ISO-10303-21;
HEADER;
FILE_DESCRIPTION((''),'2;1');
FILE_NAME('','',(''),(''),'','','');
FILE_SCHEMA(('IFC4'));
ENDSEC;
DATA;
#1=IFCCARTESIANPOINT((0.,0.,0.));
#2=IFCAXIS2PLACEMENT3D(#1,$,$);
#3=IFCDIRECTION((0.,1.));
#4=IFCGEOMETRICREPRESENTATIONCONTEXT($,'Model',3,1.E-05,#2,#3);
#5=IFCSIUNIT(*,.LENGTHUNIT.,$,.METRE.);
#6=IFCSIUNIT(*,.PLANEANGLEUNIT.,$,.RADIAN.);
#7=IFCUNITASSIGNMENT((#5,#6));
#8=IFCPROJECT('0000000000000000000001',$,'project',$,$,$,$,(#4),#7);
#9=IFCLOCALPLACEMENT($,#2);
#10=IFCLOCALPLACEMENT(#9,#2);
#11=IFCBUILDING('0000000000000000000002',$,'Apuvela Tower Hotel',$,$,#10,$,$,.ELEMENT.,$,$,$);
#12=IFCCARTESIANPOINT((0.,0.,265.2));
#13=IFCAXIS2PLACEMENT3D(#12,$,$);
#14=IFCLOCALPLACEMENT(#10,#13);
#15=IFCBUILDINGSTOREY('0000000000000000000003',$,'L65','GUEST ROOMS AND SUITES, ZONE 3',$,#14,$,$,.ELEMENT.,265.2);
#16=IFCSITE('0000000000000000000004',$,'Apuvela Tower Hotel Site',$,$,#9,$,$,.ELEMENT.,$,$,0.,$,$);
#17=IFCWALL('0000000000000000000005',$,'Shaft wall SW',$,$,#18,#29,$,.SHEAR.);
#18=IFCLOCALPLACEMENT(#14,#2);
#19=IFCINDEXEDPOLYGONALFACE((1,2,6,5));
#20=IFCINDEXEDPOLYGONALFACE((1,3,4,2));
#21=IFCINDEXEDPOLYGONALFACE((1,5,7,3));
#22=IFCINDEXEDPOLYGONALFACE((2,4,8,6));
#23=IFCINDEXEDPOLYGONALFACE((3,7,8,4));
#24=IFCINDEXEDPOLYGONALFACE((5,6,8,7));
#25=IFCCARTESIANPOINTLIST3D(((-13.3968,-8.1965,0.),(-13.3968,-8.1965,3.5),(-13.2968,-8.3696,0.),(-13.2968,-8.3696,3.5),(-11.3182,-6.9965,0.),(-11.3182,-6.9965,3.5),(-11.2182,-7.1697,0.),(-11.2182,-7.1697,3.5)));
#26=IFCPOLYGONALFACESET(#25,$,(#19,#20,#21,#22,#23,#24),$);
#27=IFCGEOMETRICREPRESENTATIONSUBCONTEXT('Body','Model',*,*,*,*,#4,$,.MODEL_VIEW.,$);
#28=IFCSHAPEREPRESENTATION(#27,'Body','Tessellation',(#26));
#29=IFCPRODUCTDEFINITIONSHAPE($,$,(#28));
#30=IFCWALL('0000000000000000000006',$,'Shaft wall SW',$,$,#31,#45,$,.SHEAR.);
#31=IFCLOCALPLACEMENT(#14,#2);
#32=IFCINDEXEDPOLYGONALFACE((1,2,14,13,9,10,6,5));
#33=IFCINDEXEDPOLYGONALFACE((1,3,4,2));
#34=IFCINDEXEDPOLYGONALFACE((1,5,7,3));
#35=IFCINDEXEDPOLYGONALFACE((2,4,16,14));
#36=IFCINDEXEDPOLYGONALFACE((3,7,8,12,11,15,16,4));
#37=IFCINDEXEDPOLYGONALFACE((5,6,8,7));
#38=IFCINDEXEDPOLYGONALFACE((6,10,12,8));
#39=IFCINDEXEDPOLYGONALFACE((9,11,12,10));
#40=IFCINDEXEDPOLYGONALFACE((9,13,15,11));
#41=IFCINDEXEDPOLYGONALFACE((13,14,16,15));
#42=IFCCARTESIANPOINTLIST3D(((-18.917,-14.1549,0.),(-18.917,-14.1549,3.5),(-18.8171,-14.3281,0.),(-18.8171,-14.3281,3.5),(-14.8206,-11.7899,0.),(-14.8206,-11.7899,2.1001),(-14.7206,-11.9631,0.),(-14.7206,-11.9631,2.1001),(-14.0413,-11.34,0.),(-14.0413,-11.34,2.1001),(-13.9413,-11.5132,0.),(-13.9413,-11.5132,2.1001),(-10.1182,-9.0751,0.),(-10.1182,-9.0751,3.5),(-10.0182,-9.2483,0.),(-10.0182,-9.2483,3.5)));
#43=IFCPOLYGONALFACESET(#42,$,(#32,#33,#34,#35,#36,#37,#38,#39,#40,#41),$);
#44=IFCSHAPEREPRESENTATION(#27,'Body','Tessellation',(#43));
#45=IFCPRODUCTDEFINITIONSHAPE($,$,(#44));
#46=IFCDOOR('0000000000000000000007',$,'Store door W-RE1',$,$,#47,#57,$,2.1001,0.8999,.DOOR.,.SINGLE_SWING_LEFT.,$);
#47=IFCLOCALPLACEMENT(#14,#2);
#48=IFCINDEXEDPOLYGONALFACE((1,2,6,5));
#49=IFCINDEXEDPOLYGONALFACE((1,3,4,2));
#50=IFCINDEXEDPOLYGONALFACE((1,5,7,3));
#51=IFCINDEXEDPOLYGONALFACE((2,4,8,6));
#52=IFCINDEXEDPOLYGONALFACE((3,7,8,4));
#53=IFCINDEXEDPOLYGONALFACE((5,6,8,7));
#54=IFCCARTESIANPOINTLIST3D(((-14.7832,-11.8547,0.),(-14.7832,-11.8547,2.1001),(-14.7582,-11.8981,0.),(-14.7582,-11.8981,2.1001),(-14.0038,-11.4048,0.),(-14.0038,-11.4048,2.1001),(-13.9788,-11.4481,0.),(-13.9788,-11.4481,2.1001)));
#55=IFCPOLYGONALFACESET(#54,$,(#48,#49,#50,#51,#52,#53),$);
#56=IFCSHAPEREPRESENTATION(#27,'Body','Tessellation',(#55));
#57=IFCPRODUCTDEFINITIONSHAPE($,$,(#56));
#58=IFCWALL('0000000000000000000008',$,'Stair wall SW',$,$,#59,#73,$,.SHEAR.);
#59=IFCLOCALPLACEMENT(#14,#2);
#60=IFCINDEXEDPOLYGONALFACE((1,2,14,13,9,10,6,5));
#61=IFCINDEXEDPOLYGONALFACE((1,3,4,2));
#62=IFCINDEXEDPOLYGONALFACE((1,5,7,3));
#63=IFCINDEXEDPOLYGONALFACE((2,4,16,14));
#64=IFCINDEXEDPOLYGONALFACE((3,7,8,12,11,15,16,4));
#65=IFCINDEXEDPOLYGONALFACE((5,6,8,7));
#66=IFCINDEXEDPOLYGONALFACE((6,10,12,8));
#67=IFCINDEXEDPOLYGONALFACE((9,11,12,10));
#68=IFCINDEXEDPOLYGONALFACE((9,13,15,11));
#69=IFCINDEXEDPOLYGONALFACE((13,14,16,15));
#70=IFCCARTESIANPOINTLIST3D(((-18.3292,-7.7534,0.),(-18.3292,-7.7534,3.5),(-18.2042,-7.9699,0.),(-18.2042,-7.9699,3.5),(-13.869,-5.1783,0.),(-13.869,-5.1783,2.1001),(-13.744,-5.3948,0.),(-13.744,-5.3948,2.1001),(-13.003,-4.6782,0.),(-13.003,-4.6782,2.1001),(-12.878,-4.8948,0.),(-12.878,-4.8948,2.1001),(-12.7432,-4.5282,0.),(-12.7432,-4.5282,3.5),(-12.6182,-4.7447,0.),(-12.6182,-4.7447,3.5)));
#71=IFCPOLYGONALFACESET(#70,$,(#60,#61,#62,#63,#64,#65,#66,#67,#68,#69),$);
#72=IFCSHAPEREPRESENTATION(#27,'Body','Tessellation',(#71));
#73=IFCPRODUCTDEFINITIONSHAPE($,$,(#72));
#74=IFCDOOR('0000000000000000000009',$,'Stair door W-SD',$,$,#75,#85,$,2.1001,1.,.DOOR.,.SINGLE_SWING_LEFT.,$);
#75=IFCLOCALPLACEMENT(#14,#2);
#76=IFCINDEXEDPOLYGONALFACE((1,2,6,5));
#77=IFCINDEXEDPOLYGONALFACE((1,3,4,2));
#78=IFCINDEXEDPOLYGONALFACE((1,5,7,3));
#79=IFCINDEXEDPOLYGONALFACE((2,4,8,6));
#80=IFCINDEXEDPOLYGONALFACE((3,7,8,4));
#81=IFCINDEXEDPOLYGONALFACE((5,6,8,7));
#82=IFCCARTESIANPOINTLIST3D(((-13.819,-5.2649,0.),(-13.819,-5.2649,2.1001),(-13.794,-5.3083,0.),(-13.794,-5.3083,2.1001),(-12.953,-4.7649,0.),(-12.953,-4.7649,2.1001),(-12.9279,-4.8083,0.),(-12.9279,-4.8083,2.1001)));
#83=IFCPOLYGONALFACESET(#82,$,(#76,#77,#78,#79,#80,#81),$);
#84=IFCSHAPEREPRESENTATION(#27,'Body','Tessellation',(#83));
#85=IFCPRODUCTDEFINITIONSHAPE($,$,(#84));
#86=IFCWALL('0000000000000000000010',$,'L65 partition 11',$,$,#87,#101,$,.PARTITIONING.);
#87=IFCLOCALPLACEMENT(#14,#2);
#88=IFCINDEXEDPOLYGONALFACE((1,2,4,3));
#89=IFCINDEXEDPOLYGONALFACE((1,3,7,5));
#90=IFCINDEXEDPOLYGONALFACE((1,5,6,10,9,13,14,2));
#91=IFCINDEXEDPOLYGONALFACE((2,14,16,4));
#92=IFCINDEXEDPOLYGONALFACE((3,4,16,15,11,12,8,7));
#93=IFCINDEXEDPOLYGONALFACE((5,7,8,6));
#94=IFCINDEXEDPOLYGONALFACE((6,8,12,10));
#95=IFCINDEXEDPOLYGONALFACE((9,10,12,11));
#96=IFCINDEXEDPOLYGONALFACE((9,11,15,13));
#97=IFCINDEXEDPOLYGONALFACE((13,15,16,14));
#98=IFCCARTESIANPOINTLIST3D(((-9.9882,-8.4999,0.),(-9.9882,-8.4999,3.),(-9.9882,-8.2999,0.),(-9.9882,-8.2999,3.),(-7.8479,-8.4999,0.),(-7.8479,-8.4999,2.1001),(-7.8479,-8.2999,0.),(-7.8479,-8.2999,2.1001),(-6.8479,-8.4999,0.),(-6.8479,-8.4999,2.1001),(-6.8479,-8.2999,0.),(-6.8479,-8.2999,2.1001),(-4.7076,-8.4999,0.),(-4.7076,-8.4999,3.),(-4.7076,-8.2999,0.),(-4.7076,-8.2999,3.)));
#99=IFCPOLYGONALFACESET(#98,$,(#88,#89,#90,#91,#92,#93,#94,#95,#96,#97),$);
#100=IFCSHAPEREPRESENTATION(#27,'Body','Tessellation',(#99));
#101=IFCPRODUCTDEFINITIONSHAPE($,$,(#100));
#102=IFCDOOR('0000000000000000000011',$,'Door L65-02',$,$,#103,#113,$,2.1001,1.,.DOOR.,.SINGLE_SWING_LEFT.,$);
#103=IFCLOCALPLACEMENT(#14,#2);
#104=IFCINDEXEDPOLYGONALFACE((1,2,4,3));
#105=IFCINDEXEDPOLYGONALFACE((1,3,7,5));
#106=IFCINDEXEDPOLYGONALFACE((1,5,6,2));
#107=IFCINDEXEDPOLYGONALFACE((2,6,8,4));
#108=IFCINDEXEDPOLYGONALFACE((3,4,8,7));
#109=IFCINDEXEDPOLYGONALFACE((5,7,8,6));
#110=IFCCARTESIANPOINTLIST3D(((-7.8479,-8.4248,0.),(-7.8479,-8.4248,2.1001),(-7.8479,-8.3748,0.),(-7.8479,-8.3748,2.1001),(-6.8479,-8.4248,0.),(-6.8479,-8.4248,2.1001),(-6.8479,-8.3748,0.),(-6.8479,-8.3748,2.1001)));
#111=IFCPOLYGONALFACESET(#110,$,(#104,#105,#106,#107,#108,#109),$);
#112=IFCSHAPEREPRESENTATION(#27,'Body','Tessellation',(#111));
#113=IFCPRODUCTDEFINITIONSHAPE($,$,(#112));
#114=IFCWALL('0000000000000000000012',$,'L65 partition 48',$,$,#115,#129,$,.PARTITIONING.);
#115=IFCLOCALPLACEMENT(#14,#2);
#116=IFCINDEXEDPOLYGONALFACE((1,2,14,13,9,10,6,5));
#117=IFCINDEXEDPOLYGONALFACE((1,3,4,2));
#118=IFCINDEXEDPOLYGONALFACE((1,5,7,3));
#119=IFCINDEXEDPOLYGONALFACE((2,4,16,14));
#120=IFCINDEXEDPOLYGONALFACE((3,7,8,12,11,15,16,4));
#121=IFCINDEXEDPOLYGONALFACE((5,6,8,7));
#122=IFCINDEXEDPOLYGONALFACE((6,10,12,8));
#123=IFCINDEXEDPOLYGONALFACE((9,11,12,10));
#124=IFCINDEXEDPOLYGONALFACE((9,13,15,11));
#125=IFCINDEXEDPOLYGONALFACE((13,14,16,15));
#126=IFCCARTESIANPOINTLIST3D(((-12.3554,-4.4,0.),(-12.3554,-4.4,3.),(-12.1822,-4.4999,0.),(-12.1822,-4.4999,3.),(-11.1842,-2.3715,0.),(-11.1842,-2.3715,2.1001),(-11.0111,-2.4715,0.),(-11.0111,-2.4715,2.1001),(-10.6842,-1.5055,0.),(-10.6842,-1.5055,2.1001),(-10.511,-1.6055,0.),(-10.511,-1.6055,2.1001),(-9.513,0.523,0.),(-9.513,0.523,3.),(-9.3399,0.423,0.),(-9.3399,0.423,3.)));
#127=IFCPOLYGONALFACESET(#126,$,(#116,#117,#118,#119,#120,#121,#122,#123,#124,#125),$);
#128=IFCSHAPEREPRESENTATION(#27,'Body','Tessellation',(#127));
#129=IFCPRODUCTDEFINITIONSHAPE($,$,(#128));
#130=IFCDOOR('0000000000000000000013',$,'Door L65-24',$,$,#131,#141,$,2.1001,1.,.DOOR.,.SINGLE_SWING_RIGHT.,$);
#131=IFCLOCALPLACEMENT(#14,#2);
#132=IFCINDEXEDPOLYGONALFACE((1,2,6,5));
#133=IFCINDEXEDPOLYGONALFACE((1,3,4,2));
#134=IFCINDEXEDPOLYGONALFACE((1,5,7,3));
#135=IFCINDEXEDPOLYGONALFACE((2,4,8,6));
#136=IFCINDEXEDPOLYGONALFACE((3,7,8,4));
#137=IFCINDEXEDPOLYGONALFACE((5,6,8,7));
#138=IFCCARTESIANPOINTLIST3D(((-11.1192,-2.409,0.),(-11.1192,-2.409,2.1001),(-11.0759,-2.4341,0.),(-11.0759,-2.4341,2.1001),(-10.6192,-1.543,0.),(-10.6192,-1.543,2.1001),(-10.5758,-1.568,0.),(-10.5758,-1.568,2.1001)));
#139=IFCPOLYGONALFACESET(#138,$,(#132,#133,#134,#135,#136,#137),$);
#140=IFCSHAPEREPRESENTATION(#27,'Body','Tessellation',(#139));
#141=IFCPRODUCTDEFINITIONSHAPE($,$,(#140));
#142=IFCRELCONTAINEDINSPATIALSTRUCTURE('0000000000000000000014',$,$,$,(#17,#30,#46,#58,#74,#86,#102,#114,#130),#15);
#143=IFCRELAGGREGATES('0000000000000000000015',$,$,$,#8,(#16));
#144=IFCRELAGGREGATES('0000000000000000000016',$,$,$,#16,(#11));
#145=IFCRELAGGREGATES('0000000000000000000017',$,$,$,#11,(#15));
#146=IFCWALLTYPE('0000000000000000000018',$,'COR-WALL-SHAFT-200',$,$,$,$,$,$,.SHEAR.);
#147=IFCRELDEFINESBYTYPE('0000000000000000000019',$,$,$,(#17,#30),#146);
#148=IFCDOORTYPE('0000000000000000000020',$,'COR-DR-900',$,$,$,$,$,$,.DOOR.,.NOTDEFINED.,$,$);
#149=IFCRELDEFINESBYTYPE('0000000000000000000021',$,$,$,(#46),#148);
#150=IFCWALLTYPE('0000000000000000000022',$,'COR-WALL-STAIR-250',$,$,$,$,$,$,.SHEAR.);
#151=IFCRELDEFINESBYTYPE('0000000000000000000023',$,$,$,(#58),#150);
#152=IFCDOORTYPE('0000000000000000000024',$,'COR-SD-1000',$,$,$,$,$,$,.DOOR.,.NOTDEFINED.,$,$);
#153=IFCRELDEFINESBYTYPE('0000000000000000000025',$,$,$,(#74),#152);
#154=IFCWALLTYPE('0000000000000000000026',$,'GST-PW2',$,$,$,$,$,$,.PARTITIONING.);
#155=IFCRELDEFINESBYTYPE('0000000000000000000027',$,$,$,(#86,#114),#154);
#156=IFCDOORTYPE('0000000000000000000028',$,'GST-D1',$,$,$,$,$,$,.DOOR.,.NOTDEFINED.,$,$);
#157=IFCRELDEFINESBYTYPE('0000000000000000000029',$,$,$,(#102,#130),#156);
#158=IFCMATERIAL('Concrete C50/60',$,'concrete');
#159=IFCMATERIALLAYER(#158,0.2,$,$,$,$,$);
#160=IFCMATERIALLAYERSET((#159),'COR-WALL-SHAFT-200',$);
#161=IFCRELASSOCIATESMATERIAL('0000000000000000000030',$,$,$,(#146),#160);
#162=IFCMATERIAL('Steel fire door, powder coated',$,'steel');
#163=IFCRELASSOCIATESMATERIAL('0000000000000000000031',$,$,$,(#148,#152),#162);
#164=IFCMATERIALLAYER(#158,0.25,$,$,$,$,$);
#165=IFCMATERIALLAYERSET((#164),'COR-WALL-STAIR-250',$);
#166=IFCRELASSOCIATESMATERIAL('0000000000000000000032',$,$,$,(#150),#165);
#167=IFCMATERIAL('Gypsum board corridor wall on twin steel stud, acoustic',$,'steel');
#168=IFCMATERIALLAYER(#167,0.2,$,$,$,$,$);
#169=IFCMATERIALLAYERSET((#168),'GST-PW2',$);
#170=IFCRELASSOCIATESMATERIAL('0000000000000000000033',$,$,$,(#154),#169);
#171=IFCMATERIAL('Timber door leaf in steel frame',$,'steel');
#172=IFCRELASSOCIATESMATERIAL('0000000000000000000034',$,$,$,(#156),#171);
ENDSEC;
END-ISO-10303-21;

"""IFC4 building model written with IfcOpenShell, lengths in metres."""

from ifc_helpers import new_model, si_unit, direction, frame, frame_2d, origin, place, context, subcontext, project, spatial, rectangle, extrude, material, layer, layer_set, type_object, element, fill, save


model = new_model("IFC4")

# Units and contexts
model_context = context("Model", 3, precision=1e-05, world=origin(), true_north=direction((0.0, 1.0)))
body_context = subcontext(model_context, "Body", "Model", "MODEL_VIEW")
ifc_project = project(units=[si_unit("LENGTHUNIT", "METRE"), si_unit("PLANEANGLEUNIT", "RADIAN")], contexts=[model_context])

# Site, building, storey
site_placement = place(None, origin())
site = spatial("IfcSite", under=ifc_project, at=site_placement, Name="Apuvela Tower Hotel Site", CompositionType="ELEMENT", RefElevation=0.0)
building_placement = place(site_placement, origin())
building = spatial("IfcBuilding", under=site, at=building_placement, Name="Apuvela Tower Hotel", CompositionType="ELEMENT")
storey_placement = place(building_placement, frame((0.0, 0.0, 265.2)))
storey = spatial("IfcBuildingStorey", under=building, at=storey_placement, Name="L65", Description="GUEST ROOMS AND SUITES, ZONE 3", CompositionType="ELEMENT", Elevation=265.2)

# Shared definitions
ifc_material_1 = material(Name="Concrete C50/60", Category="concrete")
ifc_material_2 = material(Name="Steel fire door, powder coated", Category="steel")

# Shared definitions
ifc_layer_1 = layer(ifc_material_1, 0.2)
ifc_layer_set_1 = layer_set([ifc_layer_1], Name="COR-WALL-SHAFT-200")
wall_type_1 = type_object("IfcWallType", Name="COR-WALL-SHAFT-200", PredefinedType="SHEAR", material=ifc_layer_set_1)

# Wall
wall_1_placement = place(storey_placement, frame((-11.2681, -7.083, 0.0), z_axis=(0.0, 0.0, 1.0), x_axis=(-0.86605, -0.499957, 0.0)))
element("IfcWall", 1, at=wall_1_placement, inside=storey, type_object=wall_type_1, Name="Shaft wall SW", PredefinedType="SHEAR", context=body_context, shape_type="SweptSolid", body=[
    extrude(rectangle(XDim=2.4001, YDim=0.2, at=frame_2d((1.2002, 0.0))), origin(), (0.0, 0.0, 1.0), 3.5),
])

# Walls, openings, doors
wall_2_placement = place(storey_placement, frame((-10.0681, -9.1616, 0.0), z_axis=(0.0, 0.0, 1.0), x_axis=(-0.866033, -0.499987, 0.0)))
wall_2 = element("IfcWall", 2, at=wall_2_placement, inside=storey, type_object=wall_type_1, Name="Shaft wall SW", PredefinedType="SHEAR", context=body_context, shape_type="SweptSolid", body=[
    extrude(rectangle(XDim=10.1599, YDim=0.2, at=frame_2d((5.0801, 0.0))), origin(), (0.0, 0.0, 1.0), 3.5),
])
opening_1_placement = place(wall_2_placement, frame((4.53, 0.0, 0.0)))
opening_1 = element("IfcOpeningElement", 3, at=opening_1_placement, cuts=wall_2, PredefinedType="OPENING", context=body_context, shape_type="SweptSolid", body=[
    extrude(rectangle(XDim=0.8999, YDim=2.1001, at=frame_2d((0.45, 1.05))), frame((0.0, 0.1099, 0.0), z_axis=(0.0, -1.0, 0.0), x_axis=(1.0, 0.0, 0.0)), (0.0, 0.0, 1.0), 0.22),
])
door_type_1 = type_object("IfcDoorType", Name="COR-DR-900", OperationType="NOTDEFINED", PredefinedType="DOOR", material=ifc_material_2)
door_1_placement = place(opening_1_placement, origin())
door_1 = element("IfcDoor", 4, at=door_1_placement, inside=storey, type_object=door_type_1, Name="Store door W-RE1", OperationType="SINGLE_SWING_LEFT", OverallHeight=2.1001, OverallWidth=0.8999, PredefinedType="DOOR", context=body_context, shape_type="SweptSolid", body=[
    extrude(rectangle(XDim=0.8999, YDim=2.1001, at=frame_2d((0.45, 1.05))), frame((0.0, 0.0249, 0.0), z_axis=(0.0, -1.0, 0.0), x_axis=(1.0, 0.0, 0.0)), (0.0, 0.0, 1.0), 0.05),
])
fill(opening_1, door_1)
ifc_layer_2 = layer(ifc_material_1, 0.25)
ifc_layer_set_2 = layer_set([ifc_layer_2], Name="COR-WALL-STAIR-250")
wall_type_2 = type_object("IfcWallType", Name="COR-WALL-STAIR-250", PredefinedType="SHEAR", material=ifc_layer_set_2)
wall_3_placement = place(storey_placement, frame((-12.6807, -4.6365, 0.0), z_axis=(0.0, 0.0, 1.0), x_axis=(-0.866022, -0.500006, 0.0)))
wall_3 = element("IfcWall", 5, at=wall_3_placement, inside=storey, type_object=wall_type_2, Name="Stair wall SW", PredefinedType="SHEAR", context=body_context, shape_type="SweptSolid", body=[
    extrude(rectangle(XDim=6.4502, YDim=0.25, at=frame_2d((3.2251, 0.0))), origin(), (0.0, 0.0, 1.0), 3.5),
])
opening_2_placement = place(wall_3_placement, frame((0.3, 0.0, 0.0)))
opening_2 = element("IfcOpeningElement", 6, at=opening_2_placement, cuts=wall_3, PredefinedType="OPENING", context=body_context, shape_type="SweptSolid", body=[
    extrude(rectangle(XDim=1.0, YDim=2.1001, at=frame_2d((0.5, 1.05))), frame((0.0, 0.135, 0.0), z_axis=(0.0, -1.0, 0.0), x_axis=(1.0, 0.0, 0.0)), (0.0, 0.0, 1.0), 0.27),
])
door_type_2 = type_object("IfcDoorType", Name="COR-SD-1000", OperationType="NOTDEFINED", PredefinedType="DOOR", material=ifc_material_2)
door_2_placement = place(opening_2_placement, frame((1.0, 0.0, 0.0), z_axis=(0.0, 0.0, 1.0), x_axis=(-1.0, 0.0, 0.0)))
door_2 = element("IfcDoor", 7, at=door_2_placement, inside=storey, type_object=door_type_2, Name="Stair door W-SD", OperationType="SINGLE_SWING_LEFT", OverallHeight=2.1001, OverallWidth=1.0, PredefinedType="DOOR", context=body_context, shape_type="SweptSolid", body=[
    extrude(rectangle(XDim=1.0, YDim=2.1001, at=frame_2d((0.5, 1.05))), frame((0.0, 0.0249, 0.0), z_axis=(0.0, -1.0, 0.0), x_axis=(1.0, 0.0, 0.0)), (0.0, 0.0, 1.0), 0.05),
])
fill(opening_2, door_2)
ifc_material_3 = material(Name="Gypsum board corridor wall on twin steel stud, acoustic", Category="steel")
ifc_layer_3 = layer(ifc_material_3, 0.2)
ifc_layer_set_3 = layer_set([ifc_layer_3], Name="GST-PW2")
wall_type_3 = type_object("IfcWallType", Name="GST-PW2", PredefinedType="PARTITIONING", material=ifc_layer_set_3)
wall_4_placement = place(storey_placement, frame((-4.7078, -8.3999, 0.0), z_axis=(0.0, 0.0, 1.0), x_axis=(-1.0, 0.0, 0.0)))
wall_4 = element("IfcWall", 8, at=wall_4_placement, inside=storey, type_object=wall_type_3, Name="L65 partition 11", PredefinedType="PARTITIONING", context=body_context, shape_type="SweptSolid", body=[
    extrude(rectangle(XDim=5.2805, YDim=0.2, at=frame_2d((2.6401, 0.0))), origin(), (0.0, 0.0, 1.0), 3.0),
])
opening_3_placement = place(wall_4_placement, frame((2.1401, 0.0, 0.0)))
opening_3 = element("IfcOpeningElement", 9, at=opening_3_placement, cuts=wall_4, PredefinedType="OPENING", context=body_context, shape_type="SweptSolid", body=[
    extrude(rectangle(XDim=1.0, YDim=2.1001, at=frame_2d((0.5, 1.05))), frame((0.0, 0.1099, 0.0), z_axis=(0.0, -1.0, 0.0), x_axis=(1.0, 0.0, 0.0)), (0.0, 0.0, 1.0), 0.22),
])
ifc_material_4 = material(Name="Timber door leaf in steel frame", Category="steel")
door_type_3 = type_object("IfcDoorType", Name="GST-D1", OperationType="NOTDEFINED", PredefinedType="DOOR", material=ifc_material_4)
door_3_placement = place(opening_3_placement, origin())
door_3 = element("IfcDoor", 10, at=door_3_placement, inside=storey, type_object=door_type_3, Name="Door L65-02", OperationType="SINGLE_SWING_LEFT", OverallHeight=2.1001, OverallWidth=1.0, PredefinedType="DOOR", context=body_context, shape_type="SweptSolid", body=[
    extrude(rectangle(XDim=1.0, YDim=2.1001, at=frame_2d((0.5, 1.05))), frame((0.0, 0.0249, 0.0), z_axis=(0.0, -1.0, 0.0), x_axis=(1.0, 0.0, 0.0)), (0.0, 0.0, 1.0), 0.05),
])
fill(opening_3, door_3)
wall_5_placement = place(storey_placement, frame((-12.2688, -4.45, 0.0), z_axis=(0.0, 0.0, 1.0), x_axis=(0.50001, 0.86602, 0.0)))
wall_5 = element("IfcWall", 11, at=wall_5_placement, inside=storey, type_object=wall_type_3, Name="L65 partition 48", PredefinedType="PARTITIONING", context=body_context, shape_type="SweptSolid", body=[
    extrude(rectangle(XDim=5.6846, YDim=0.2, at=frame_2d((2.8423, 0.0))), origin(), (0.0, 0.0, 1.0), 3.0),
])
opening_4_placement = place(wall_5_placement, frame((2.3423, 0.0, 0.0)))
opening_4 = element("IfcOpeningElement", 12, at=opening_4_placement, cuts=wall_5, PredefinedType="OPENING", context=body_context, shape_type="SweptSolid", body=[
    extrude(rectangle(XDim=1.0, YDim=2.1001, at=frame_2d((0.5, 1.05))), frame((0.0, 0.1099, 0.0), z_axis=(0.0, -1.0, 0.0), x_axis=(1.0, 0.0, 0.0)), (0.0, 0.0, 1.0), 0.22),
])
door_4_placement = place(opening_4_placement, origin())
door_4 = element("IfcDoor", 13, at=door_4_placement, inside=storey, type_object=door_type_3, Name="Door L65-24", OperationType="SINGLE_SWING_RIGHT", OverallHeight=2.1001, OverallWidth=1.0, PredefinedType="DOOR", context=body_context, shape_type="SweptSolid", body=[
    extrude(rectangle(XDim=1.0, YDim=2.1001, at=frame_2d((0.5, 1.05))), frame((0.0, 0.0249, 0.0), z_axis=(0.0, -1.0, 0.0), x_axis=(1.0, 0.0, 0.0)), (0.0, 0.0, 1.0), 0.05),
])
fill(opening_4, door_4)

save(model, "model.ifc")
